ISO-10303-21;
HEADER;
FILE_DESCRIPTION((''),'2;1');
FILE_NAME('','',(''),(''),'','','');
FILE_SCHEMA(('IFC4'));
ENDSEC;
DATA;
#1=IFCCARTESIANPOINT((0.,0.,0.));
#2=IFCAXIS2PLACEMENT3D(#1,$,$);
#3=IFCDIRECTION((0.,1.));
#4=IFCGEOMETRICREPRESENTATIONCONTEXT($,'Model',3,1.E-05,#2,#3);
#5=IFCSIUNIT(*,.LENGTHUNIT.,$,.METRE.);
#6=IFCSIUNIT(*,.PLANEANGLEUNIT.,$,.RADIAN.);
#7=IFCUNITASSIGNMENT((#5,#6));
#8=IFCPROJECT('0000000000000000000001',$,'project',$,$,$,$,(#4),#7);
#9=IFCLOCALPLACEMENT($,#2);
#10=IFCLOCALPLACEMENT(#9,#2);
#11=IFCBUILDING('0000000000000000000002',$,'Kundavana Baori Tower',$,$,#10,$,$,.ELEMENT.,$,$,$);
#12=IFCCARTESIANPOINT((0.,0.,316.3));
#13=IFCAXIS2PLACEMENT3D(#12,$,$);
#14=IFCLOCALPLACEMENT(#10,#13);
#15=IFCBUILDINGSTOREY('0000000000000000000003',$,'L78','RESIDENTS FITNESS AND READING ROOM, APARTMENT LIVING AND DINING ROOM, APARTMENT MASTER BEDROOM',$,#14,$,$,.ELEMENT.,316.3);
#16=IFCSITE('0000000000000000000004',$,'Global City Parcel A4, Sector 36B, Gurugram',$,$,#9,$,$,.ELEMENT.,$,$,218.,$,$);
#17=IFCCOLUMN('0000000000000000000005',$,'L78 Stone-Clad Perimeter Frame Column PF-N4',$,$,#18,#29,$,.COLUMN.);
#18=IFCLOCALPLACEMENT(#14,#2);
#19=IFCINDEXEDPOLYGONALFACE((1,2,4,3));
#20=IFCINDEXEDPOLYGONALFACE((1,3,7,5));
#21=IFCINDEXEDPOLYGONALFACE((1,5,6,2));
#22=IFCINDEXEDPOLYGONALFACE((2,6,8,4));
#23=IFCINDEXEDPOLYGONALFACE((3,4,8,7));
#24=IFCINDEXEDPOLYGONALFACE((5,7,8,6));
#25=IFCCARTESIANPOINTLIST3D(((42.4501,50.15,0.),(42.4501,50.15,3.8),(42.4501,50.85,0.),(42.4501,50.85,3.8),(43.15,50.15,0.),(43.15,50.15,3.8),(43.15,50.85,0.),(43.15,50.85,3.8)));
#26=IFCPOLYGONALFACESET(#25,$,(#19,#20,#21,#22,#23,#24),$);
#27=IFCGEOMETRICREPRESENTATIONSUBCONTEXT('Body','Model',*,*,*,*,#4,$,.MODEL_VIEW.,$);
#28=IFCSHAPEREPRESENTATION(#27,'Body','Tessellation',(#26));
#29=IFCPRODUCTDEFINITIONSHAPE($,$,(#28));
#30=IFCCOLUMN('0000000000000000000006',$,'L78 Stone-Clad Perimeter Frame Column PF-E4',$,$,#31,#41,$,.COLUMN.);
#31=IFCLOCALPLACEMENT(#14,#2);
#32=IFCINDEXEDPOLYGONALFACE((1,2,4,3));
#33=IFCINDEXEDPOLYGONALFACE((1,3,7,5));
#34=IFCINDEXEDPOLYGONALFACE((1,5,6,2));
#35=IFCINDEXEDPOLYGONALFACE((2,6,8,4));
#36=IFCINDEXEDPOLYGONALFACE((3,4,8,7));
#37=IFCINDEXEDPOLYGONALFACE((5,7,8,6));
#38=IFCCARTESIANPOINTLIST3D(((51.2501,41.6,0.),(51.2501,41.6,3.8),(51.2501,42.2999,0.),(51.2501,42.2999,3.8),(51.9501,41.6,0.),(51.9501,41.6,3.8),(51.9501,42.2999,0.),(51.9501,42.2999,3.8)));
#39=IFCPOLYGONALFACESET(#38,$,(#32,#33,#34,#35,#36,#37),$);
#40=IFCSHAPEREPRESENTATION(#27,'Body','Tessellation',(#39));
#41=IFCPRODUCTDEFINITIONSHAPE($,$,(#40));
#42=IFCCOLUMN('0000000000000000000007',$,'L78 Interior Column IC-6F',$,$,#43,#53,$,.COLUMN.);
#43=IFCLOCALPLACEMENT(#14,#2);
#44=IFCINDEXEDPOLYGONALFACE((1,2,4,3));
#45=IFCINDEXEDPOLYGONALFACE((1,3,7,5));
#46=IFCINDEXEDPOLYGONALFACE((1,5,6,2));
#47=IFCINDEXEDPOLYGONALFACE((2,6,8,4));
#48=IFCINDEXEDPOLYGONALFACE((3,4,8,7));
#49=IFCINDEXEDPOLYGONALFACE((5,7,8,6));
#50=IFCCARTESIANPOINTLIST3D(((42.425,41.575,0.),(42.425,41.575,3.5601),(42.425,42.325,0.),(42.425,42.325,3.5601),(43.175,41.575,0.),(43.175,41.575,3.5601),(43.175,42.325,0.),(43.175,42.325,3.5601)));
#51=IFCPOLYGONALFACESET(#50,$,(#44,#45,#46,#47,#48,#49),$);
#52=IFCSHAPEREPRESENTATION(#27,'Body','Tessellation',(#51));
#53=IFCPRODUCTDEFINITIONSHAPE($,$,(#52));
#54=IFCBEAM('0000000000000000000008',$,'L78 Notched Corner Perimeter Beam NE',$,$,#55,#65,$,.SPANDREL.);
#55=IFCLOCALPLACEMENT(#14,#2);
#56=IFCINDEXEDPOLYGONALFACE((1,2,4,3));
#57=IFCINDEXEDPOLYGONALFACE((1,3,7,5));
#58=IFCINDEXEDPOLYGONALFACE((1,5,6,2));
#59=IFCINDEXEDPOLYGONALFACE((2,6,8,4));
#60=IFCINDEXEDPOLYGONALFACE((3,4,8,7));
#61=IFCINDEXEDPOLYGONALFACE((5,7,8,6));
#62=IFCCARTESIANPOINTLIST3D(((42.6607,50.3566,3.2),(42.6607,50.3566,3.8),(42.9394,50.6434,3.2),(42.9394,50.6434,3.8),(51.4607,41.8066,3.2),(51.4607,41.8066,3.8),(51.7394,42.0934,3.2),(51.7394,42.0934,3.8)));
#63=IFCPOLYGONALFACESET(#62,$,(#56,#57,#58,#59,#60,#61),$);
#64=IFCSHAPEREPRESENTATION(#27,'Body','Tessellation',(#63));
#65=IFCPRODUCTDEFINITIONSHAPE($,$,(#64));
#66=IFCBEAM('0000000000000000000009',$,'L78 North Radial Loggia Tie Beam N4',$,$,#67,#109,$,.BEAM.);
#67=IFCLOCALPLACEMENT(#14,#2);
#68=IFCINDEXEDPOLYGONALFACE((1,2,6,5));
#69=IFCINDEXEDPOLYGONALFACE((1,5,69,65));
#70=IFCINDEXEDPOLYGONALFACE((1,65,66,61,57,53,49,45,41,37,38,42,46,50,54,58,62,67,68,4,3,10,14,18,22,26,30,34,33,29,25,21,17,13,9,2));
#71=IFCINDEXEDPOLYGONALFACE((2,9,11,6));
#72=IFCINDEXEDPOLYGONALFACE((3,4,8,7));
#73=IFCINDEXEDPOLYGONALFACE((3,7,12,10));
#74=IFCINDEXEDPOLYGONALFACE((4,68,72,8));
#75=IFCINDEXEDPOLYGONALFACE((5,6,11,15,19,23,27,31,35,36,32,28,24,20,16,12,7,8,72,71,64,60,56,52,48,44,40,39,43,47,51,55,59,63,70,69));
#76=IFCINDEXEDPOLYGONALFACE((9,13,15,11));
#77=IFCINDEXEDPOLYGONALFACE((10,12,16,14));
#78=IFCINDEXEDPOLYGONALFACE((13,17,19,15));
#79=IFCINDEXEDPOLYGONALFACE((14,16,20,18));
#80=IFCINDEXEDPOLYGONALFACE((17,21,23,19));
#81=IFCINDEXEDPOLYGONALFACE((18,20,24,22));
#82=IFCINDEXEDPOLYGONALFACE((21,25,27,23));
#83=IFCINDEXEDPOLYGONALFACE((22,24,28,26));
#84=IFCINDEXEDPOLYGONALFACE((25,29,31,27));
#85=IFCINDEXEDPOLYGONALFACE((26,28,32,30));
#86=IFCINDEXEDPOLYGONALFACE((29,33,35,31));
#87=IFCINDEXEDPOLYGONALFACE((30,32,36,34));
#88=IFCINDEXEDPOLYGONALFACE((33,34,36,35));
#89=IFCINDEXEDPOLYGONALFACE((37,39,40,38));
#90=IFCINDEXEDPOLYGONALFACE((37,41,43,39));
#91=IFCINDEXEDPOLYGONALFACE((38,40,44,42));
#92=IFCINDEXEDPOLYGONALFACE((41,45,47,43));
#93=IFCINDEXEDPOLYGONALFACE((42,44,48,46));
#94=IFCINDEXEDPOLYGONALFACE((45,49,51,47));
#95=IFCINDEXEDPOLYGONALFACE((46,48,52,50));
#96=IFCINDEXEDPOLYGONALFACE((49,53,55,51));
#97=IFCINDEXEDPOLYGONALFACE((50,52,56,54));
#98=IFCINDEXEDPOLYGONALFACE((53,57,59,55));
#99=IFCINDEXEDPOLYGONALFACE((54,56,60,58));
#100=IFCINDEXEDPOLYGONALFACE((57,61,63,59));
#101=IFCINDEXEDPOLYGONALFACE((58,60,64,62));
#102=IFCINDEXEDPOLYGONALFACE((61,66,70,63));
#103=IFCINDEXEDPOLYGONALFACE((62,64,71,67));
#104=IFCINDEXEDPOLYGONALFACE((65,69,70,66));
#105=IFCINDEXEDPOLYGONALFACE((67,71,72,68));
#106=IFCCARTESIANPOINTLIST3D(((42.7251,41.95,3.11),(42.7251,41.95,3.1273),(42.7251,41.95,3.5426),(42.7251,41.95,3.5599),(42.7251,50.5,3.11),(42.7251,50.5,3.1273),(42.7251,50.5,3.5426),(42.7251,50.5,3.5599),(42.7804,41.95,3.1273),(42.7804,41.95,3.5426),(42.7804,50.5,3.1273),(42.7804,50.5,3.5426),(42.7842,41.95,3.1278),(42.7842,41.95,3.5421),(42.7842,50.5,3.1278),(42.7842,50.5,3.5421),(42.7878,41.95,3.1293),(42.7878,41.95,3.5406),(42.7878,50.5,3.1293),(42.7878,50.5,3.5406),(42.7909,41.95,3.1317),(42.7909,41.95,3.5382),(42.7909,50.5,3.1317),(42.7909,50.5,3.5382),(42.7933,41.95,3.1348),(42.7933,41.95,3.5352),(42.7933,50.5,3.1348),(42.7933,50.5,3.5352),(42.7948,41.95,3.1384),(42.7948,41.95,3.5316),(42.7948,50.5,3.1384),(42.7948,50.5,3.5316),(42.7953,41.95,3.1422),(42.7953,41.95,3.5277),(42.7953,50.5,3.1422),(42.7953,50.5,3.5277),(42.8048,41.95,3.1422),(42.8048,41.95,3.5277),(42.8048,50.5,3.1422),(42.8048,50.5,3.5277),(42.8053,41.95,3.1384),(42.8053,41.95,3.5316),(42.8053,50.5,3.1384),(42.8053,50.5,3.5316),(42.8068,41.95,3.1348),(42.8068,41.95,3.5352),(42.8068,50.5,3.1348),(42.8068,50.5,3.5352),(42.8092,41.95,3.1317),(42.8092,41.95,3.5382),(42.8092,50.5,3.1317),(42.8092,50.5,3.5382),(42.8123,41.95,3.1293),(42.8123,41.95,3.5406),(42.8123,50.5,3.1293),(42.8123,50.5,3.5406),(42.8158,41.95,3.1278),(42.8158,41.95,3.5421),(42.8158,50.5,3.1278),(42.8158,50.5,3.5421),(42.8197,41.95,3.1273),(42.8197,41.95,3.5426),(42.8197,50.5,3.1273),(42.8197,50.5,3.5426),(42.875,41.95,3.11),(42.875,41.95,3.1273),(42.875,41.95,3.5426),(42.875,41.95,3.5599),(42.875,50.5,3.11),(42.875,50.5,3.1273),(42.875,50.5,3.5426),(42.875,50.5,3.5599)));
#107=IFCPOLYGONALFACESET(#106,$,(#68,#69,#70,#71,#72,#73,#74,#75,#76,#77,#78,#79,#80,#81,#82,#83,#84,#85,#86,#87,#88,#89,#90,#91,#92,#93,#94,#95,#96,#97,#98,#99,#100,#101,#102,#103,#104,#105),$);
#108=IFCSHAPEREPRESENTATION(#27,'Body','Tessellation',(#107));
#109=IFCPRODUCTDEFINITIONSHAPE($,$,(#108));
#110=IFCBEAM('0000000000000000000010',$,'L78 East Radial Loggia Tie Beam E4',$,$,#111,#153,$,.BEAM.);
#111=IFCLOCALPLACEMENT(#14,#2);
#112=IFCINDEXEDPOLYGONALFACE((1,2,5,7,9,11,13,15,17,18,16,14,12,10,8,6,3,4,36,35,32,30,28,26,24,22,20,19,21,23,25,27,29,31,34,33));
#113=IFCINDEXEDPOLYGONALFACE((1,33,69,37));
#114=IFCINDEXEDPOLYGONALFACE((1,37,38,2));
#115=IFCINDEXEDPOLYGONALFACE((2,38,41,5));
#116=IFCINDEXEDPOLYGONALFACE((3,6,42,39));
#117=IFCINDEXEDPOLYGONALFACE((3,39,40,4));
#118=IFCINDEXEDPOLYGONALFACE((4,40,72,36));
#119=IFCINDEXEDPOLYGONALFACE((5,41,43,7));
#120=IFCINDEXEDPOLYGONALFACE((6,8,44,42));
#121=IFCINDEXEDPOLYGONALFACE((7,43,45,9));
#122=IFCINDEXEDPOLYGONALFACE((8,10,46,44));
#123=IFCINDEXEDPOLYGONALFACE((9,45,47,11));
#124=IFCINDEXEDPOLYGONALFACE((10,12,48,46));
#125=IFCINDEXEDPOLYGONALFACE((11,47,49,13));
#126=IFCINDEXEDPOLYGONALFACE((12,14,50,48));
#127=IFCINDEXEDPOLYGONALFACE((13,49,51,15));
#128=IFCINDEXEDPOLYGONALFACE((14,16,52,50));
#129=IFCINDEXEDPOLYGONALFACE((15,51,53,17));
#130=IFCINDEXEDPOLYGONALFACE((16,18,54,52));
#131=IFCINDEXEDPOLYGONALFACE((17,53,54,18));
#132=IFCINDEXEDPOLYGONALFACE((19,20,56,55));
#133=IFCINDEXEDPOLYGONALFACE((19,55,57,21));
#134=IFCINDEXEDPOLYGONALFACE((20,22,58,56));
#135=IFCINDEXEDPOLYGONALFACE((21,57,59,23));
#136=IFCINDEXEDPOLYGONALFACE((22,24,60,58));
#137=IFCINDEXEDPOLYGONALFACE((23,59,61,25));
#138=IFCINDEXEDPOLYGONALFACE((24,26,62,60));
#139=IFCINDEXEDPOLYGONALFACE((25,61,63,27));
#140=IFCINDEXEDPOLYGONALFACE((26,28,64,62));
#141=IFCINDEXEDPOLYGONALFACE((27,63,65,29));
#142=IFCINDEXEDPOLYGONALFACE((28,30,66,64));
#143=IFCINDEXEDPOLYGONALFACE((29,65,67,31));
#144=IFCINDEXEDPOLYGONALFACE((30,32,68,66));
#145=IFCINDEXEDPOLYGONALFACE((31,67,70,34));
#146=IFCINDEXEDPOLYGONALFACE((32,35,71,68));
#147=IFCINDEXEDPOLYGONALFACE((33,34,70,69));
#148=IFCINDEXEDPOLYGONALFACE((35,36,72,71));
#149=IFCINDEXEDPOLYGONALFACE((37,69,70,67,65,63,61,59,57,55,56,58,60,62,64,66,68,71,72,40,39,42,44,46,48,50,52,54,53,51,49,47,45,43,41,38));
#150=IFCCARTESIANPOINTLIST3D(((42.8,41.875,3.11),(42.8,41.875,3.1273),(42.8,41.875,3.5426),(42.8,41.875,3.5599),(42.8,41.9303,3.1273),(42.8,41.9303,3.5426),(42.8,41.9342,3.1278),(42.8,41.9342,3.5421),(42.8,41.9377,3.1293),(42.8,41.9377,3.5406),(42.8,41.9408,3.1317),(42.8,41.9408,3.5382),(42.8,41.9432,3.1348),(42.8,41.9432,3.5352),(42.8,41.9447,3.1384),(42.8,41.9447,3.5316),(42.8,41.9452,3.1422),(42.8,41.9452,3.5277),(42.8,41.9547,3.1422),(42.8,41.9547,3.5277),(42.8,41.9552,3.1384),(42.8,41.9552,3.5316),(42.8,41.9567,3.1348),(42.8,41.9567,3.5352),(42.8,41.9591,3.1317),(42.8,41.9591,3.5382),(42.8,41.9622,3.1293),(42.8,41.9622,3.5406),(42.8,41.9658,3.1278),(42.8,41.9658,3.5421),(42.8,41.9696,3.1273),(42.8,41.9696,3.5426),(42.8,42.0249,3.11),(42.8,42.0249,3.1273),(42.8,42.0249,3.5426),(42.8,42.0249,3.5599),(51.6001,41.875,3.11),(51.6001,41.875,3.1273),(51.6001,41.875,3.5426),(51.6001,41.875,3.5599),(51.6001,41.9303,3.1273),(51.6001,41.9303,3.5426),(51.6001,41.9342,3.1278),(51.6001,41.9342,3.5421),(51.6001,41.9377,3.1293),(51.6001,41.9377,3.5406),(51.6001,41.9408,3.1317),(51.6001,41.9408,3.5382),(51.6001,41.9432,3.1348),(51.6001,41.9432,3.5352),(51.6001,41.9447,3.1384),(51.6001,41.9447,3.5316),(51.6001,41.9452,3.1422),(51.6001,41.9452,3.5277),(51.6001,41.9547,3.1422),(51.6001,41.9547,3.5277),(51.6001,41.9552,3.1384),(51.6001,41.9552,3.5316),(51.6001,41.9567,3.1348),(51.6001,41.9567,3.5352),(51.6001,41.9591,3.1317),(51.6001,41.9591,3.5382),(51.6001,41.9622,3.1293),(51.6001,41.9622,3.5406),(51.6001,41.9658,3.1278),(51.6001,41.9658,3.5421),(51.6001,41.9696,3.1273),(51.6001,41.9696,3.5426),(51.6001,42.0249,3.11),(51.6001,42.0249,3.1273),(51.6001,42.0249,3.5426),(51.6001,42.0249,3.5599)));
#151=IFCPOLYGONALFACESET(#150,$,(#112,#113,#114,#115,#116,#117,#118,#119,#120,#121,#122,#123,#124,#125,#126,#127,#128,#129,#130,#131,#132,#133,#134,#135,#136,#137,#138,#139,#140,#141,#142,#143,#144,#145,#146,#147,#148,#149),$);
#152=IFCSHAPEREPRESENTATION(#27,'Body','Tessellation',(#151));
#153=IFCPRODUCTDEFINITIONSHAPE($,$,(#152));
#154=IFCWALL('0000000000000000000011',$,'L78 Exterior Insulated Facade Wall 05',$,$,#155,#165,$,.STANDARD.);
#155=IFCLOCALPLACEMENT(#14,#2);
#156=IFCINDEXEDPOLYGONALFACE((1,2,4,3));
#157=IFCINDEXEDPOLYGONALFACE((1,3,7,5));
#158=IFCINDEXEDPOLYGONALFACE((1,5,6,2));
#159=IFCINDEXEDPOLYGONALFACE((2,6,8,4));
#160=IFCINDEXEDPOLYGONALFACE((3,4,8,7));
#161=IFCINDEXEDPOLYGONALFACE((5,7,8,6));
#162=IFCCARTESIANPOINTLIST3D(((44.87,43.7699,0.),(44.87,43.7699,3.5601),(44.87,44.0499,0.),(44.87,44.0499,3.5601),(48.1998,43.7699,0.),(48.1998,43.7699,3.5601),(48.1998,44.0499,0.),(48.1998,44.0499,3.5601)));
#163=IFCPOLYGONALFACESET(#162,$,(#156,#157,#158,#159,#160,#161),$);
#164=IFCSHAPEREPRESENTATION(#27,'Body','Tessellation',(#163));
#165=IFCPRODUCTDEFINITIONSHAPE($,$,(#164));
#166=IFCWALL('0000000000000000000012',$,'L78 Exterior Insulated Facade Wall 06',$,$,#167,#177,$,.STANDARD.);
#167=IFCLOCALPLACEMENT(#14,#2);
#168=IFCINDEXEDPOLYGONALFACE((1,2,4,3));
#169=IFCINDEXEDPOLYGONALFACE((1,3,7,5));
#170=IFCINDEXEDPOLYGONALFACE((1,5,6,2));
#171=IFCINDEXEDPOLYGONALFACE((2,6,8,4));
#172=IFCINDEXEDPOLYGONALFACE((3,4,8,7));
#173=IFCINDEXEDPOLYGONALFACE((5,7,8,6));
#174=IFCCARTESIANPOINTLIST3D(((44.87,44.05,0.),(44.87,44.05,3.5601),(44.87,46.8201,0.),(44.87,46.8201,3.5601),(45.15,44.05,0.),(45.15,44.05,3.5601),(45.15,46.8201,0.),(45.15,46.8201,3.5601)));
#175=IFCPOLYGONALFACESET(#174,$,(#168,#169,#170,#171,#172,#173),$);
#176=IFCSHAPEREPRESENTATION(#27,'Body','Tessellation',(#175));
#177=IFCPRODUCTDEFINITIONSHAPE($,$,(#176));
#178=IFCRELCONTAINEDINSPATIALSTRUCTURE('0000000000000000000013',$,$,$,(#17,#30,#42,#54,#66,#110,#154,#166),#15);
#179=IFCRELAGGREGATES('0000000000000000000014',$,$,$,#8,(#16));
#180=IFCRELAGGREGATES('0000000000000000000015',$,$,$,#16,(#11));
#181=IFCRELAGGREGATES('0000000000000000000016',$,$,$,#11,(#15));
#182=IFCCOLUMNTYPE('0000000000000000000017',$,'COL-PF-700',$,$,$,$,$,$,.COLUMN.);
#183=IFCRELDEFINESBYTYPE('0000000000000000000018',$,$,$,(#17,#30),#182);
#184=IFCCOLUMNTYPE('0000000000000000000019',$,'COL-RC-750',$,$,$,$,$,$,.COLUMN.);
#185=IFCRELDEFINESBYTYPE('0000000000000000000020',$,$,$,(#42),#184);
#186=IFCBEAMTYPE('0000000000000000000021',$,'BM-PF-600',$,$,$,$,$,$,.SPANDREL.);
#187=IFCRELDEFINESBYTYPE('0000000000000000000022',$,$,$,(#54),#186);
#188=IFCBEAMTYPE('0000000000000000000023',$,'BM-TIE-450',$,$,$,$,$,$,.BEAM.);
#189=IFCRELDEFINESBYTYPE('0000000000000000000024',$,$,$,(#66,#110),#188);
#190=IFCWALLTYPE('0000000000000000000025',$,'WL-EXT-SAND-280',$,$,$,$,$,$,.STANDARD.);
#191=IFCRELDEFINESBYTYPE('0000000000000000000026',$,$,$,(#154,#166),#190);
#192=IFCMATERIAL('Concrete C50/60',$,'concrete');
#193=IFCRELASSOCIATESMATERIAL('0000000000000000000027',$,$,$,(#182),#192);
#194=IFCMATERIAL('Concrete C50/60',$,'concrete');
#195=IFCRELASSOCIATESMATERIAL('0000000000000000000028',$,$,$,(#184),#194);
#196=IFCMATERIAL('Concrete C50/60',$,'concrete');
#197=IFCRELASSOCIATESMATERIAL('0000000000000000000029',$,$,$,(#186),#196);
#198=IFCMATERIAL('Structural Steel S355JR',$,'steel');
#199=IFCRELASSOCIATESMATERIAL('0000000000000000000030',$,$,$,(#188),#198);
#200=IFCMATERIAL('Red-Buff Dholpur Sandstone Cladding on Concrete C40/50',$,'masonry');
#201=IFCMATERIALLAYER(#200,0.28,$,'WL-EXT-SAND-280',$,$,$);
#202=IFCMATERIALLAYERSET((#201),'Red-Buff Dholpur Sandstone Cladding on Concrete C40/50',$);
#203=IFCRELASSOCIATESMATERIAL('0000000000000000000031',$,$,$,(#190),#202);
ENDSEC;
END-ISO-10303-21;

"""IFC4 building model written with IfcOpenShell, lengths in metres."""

from ifc_helpers import new_model, si_unit, direction, frame, frame_2d, origin, origin_2d, place, context, subcontext, project, spatial, rectangle, i_section, extrude, material, layer, layer_set, material_profile, profile_set, type_object, element, save


model = new_model("IFC4")

# Units and contexts
model_context = context("Model", 3, precision=1e-05, world=origin(), true_north=direction((0.0, 1.0)))
body_context = subcontext(model_context, "Body", "Model", "MODEL_VIEW")
ifc_project = project(units=[si_unit("LENGTHUNIT", "METRE"), si_unit("PLANEANGLEUNIT", "RADIAN")], contexts=[model_context])

# Site, building, storey
site_placement = place(None, origin())
site = spatial("IfcSite", under=ifc_project, at=site_placement, Name="Global City Parcel A4, Sector 36B, Gurugram", CompositionType="ELEMENT", RefElevation=218.0)
building_placement = place(site_placement, origin())
building = spatial("IfcBuilding", under=site, at=building_placement, Name="Kundavana Baori Tower", CompositionType="ELEMENT")
storey_placement = place(building_placement, frame((0.0, 0.0, 316.3)))
storey = spatial("IfcBuildingStorey", under=building, at=storey_placement, Name="L78", Description="RESIDENTS FITNESS AND READING ROOM, APARTMENT LIVING AND DINING ROOM, APARTMENT MASTER BEDROOM", CompositionType="ELEMENT", Elevation=316.3)

# Columns
ifc_material_1 = material(Name="Concrete C50/60", Category="concrete")
ifc_material_profile_1 = material_profile(ifc_material_1, rectangle(XDim=0.7, YDim=0.7, at=origin_2d()), Name="RC PF 700x700")
ifc_profile_set_1 = profile_set([ifc_material_profile_1], Name="Concrete C50/60")
column_type_1 = type_object("IfcColumnType", Name="COL-PF-700", PredefinedType="COLUMN", material=ifc_profile_set_1)
for number, where, z_axis, x_axis, name in (
    (1, (42.8, 50.5, 0.0), (0.0, 0.0, 1.0), (1.0, 0.0, 0.0), "L78 Stone-Clad Perimeter Frame Column PF-N4"),
    (2, (51.6001, 41.95, 0.0), (0.0, 0.0, 1.0), (1.0, 0.0, 0.0), "L78 Stone-Clad Perimeter Frame Column PF-E4"),
):
    element("IfcColumn", number, at=place(storey_placement, frame(where, z_axis=z_axis, x_axis=x_axis)), inside=storey, type_object=column_type_1, Name=name, PredefinedType="COLUMN", context=body_context, shape_type="SweptSolid", body=[
        extrude(rectangle(XDim=0.7, YDim=0.7, at=origin_2d()), origin(), (0.0, 0.0, 1.0), 3.8),
    ])
ifc_material_2 = material(Name="Concrete C50/60", Category="concrete")
ifc_material_profile_2 = material_profile(ifc_material_2, rectangle(XDim=0.75, YDim=0.75, at=origin_2d()), Name="RC 750x750")
ifc_profile_set_2 = profile_set([ifc_material_profile_2], Name="Concrete C50/60")
column_type_2 = type_object("IfcColumnType", Name="COL-RC-750", PredefinedType="COLUMN", material=ifc_profile_set_2)
column_placement = place(storey_placement, frame((42.8, 41.95, 0.0), z_axis=(0.0, 0.0, 1.0), x_axis=(1.0, 0.0, 0.0)))
element("IfcColumn", 3, at=column_placement, inside=storey, type_object=column_type_2, Name="L78 Interior Column IC-6F", PredefinedType="COLUMN", context=body_context, shape_type="SweptSolid", body=[
    extrude(rectangle(XDim=0.75, YDim=0.75, at=origin_2d()), origin(), (0.0, 0.0, 1.0), 3.5601),
])

# Beams
ifc_material_3 = material(Name="Concrete C50/60", Category="concrete")
ifc_material_profile_3 = material_profile(ifc_material_3, rectangle(XDim=0.3999, YDim=0.6001, at=origin_2d()), Name="RC BM 400x600")
ifc_profile_set_3 = profile_set([ifc_material_profile_3], Name="Concrete C50/60")
beam_type_1 = type_object("IfcBeamType", Name="BM-PF-600", PredefinedType="SPANDREL", material=ifc_profile_set_3)
beam_1_placement = place(storey_placement, frame((42.8, 50.5, 3.5), z_axis=(0.717221, -0.696846, 0.0), x_axis=(0.696846, 0.717221, 0.0)))
element("IfcBeam", 4, at=beam_1_placement, inside=storey, type_object=beam_type_1, Name="L78 Notched Corner Perimeter Beam NE", PredefinedType="SPANDREL", context=body_context, shape_type="SweptSolid", body=[
    extrude(rectangle(XDim=0.3999, YDim=0.6001, at=origin_2d()), origin(), (0.0, 0.0, 1.0), 12.2695),
])
ifc_material_4 = material(Name="Structural Steel S355JR", Category="steel")
ifc_material_profile_4 = material_profile(ifc_material_4, i_section(OverallWidth=0.1499, OverallDepth=0.45, WebThickness=0.0095, FlangeThickness=0.0173, FilletRadius=0.0149, at=origin_2d()), Name="ISMB 450")
ifc_profile_set_4 = profile_set([ifc_material_profile_4], Name="Structural Steel S355JR")
beam_type_2 = type_object("IfcBeamType", Name="BM-TIE-450", PredefinedType="BEAM", material=ifc_profile_set_4)
beam_2_placement = place(storey_placement, frame((42.8, 41.95, 3.335), z_axis=(0.0, 1.0, 0.0), x_axis=(-1.0, 0.0, 0.0)))
element("IfcBeam", 5, at=beam_2_placement, inside=storey, type_object=beam_type_2, Name="L78 North Radial Loggia Tie Beam N4", PredefinedType="BEAM", context=body_context, shape_type="SweptSolid", body=[
    extrude(i_section(OverallWidth=0.1499, OverallDepth=0.45, WebThickness=0.0095, FlangeThickness=0.0173, FilletRadius=0.0149, at=origin_2d()), origin(), (0.0, 0.0, 1.0), 8.55),
])
beam_3_placement = place(storey_placement, frame((42.8, 41.95, 3.335), z_axis=(1.0, 0.0, 0.0), x_axis=(0.0, 1.0, 0.0)))
element("IfcBeam", 6, at=beam_3_placement, inside=storey, type_object=beam_type_2, Name="L78 East Radial Loggia Tie Beam E4", PredefinedType="BEAM", context=body_context, shape_type="SweptSolid", body=[
    extrude(i_section(OverallWidth=0.1499, OverallDepth=0.45, WebThickness=0.0095, FlangeThickness=0.0173, FilletRadius=0.0149, at=origin_2d()), origin(), (0.0, 0.0, 1.0), 8.8),
])

# Walls
ifc_material_5 = material(Name="Red-Buff Dholpur Sandstone Cladding on Concrete C40/50", Category="masonry")
ifc_layer_1 = layer(ifc_material_5, 0.28, Name="WL-EXT-SAND-280")
ifc_layer_set_1 = layer_set([ifc_layer_1], Name="Red-Buff Dholpur Sandstone Cladding on Concrete C40/50")
wall_type_1 = type_object("IfcWallType", Name="WL-EXT-SAND-280", PredefinedType="STANDARD", material=ifc_layer_set_1)
wall_1_placement = place(storey_placement, frame((48.2, 43.9099, 0.0), z_axis=(0.0, 0.0, 1.0), x_axis=(-1.0, 0.0, 0.0)))
element("IfcWall", 7, at=wall_1_placement, inside=storey, type_object=wall_type_1, Name="L78 Exterior Insulated Facade Wall 05", PredefinedType="STANDARD", context=body_context, shape_type="SweptSolid", body=[
    extrude(rectangle(XDim=3.3298, YDim=0.28, at=frame_2d((1.665, 0.0))), origin(), (0.0, 0.0, 1.0), 3.5601),
])
wall_2_placement = place(storey_placement, frame((45.01, 44.05, 0.0), z_axis=(0.0, 0.0, 1.0), x_axis=(0.0, 1.0, 0.0)))
element("IfcWall", 8, at=wall_2_placement, inside=storey, type_object=wall_type_1, Name="L78 Exterior Insulated Facade Wall 06", PredefinedType="STANDARD", context=body_context, shape_type="SweptSolid", body=[
    extrude(rectangle(XDim=2.77, YDim=0.28, at=frame_2d((1.385, 0.0))), origin(), (0.0, 0.0, 1.0), 3.5601),
])

save(model, "model.ifc")
